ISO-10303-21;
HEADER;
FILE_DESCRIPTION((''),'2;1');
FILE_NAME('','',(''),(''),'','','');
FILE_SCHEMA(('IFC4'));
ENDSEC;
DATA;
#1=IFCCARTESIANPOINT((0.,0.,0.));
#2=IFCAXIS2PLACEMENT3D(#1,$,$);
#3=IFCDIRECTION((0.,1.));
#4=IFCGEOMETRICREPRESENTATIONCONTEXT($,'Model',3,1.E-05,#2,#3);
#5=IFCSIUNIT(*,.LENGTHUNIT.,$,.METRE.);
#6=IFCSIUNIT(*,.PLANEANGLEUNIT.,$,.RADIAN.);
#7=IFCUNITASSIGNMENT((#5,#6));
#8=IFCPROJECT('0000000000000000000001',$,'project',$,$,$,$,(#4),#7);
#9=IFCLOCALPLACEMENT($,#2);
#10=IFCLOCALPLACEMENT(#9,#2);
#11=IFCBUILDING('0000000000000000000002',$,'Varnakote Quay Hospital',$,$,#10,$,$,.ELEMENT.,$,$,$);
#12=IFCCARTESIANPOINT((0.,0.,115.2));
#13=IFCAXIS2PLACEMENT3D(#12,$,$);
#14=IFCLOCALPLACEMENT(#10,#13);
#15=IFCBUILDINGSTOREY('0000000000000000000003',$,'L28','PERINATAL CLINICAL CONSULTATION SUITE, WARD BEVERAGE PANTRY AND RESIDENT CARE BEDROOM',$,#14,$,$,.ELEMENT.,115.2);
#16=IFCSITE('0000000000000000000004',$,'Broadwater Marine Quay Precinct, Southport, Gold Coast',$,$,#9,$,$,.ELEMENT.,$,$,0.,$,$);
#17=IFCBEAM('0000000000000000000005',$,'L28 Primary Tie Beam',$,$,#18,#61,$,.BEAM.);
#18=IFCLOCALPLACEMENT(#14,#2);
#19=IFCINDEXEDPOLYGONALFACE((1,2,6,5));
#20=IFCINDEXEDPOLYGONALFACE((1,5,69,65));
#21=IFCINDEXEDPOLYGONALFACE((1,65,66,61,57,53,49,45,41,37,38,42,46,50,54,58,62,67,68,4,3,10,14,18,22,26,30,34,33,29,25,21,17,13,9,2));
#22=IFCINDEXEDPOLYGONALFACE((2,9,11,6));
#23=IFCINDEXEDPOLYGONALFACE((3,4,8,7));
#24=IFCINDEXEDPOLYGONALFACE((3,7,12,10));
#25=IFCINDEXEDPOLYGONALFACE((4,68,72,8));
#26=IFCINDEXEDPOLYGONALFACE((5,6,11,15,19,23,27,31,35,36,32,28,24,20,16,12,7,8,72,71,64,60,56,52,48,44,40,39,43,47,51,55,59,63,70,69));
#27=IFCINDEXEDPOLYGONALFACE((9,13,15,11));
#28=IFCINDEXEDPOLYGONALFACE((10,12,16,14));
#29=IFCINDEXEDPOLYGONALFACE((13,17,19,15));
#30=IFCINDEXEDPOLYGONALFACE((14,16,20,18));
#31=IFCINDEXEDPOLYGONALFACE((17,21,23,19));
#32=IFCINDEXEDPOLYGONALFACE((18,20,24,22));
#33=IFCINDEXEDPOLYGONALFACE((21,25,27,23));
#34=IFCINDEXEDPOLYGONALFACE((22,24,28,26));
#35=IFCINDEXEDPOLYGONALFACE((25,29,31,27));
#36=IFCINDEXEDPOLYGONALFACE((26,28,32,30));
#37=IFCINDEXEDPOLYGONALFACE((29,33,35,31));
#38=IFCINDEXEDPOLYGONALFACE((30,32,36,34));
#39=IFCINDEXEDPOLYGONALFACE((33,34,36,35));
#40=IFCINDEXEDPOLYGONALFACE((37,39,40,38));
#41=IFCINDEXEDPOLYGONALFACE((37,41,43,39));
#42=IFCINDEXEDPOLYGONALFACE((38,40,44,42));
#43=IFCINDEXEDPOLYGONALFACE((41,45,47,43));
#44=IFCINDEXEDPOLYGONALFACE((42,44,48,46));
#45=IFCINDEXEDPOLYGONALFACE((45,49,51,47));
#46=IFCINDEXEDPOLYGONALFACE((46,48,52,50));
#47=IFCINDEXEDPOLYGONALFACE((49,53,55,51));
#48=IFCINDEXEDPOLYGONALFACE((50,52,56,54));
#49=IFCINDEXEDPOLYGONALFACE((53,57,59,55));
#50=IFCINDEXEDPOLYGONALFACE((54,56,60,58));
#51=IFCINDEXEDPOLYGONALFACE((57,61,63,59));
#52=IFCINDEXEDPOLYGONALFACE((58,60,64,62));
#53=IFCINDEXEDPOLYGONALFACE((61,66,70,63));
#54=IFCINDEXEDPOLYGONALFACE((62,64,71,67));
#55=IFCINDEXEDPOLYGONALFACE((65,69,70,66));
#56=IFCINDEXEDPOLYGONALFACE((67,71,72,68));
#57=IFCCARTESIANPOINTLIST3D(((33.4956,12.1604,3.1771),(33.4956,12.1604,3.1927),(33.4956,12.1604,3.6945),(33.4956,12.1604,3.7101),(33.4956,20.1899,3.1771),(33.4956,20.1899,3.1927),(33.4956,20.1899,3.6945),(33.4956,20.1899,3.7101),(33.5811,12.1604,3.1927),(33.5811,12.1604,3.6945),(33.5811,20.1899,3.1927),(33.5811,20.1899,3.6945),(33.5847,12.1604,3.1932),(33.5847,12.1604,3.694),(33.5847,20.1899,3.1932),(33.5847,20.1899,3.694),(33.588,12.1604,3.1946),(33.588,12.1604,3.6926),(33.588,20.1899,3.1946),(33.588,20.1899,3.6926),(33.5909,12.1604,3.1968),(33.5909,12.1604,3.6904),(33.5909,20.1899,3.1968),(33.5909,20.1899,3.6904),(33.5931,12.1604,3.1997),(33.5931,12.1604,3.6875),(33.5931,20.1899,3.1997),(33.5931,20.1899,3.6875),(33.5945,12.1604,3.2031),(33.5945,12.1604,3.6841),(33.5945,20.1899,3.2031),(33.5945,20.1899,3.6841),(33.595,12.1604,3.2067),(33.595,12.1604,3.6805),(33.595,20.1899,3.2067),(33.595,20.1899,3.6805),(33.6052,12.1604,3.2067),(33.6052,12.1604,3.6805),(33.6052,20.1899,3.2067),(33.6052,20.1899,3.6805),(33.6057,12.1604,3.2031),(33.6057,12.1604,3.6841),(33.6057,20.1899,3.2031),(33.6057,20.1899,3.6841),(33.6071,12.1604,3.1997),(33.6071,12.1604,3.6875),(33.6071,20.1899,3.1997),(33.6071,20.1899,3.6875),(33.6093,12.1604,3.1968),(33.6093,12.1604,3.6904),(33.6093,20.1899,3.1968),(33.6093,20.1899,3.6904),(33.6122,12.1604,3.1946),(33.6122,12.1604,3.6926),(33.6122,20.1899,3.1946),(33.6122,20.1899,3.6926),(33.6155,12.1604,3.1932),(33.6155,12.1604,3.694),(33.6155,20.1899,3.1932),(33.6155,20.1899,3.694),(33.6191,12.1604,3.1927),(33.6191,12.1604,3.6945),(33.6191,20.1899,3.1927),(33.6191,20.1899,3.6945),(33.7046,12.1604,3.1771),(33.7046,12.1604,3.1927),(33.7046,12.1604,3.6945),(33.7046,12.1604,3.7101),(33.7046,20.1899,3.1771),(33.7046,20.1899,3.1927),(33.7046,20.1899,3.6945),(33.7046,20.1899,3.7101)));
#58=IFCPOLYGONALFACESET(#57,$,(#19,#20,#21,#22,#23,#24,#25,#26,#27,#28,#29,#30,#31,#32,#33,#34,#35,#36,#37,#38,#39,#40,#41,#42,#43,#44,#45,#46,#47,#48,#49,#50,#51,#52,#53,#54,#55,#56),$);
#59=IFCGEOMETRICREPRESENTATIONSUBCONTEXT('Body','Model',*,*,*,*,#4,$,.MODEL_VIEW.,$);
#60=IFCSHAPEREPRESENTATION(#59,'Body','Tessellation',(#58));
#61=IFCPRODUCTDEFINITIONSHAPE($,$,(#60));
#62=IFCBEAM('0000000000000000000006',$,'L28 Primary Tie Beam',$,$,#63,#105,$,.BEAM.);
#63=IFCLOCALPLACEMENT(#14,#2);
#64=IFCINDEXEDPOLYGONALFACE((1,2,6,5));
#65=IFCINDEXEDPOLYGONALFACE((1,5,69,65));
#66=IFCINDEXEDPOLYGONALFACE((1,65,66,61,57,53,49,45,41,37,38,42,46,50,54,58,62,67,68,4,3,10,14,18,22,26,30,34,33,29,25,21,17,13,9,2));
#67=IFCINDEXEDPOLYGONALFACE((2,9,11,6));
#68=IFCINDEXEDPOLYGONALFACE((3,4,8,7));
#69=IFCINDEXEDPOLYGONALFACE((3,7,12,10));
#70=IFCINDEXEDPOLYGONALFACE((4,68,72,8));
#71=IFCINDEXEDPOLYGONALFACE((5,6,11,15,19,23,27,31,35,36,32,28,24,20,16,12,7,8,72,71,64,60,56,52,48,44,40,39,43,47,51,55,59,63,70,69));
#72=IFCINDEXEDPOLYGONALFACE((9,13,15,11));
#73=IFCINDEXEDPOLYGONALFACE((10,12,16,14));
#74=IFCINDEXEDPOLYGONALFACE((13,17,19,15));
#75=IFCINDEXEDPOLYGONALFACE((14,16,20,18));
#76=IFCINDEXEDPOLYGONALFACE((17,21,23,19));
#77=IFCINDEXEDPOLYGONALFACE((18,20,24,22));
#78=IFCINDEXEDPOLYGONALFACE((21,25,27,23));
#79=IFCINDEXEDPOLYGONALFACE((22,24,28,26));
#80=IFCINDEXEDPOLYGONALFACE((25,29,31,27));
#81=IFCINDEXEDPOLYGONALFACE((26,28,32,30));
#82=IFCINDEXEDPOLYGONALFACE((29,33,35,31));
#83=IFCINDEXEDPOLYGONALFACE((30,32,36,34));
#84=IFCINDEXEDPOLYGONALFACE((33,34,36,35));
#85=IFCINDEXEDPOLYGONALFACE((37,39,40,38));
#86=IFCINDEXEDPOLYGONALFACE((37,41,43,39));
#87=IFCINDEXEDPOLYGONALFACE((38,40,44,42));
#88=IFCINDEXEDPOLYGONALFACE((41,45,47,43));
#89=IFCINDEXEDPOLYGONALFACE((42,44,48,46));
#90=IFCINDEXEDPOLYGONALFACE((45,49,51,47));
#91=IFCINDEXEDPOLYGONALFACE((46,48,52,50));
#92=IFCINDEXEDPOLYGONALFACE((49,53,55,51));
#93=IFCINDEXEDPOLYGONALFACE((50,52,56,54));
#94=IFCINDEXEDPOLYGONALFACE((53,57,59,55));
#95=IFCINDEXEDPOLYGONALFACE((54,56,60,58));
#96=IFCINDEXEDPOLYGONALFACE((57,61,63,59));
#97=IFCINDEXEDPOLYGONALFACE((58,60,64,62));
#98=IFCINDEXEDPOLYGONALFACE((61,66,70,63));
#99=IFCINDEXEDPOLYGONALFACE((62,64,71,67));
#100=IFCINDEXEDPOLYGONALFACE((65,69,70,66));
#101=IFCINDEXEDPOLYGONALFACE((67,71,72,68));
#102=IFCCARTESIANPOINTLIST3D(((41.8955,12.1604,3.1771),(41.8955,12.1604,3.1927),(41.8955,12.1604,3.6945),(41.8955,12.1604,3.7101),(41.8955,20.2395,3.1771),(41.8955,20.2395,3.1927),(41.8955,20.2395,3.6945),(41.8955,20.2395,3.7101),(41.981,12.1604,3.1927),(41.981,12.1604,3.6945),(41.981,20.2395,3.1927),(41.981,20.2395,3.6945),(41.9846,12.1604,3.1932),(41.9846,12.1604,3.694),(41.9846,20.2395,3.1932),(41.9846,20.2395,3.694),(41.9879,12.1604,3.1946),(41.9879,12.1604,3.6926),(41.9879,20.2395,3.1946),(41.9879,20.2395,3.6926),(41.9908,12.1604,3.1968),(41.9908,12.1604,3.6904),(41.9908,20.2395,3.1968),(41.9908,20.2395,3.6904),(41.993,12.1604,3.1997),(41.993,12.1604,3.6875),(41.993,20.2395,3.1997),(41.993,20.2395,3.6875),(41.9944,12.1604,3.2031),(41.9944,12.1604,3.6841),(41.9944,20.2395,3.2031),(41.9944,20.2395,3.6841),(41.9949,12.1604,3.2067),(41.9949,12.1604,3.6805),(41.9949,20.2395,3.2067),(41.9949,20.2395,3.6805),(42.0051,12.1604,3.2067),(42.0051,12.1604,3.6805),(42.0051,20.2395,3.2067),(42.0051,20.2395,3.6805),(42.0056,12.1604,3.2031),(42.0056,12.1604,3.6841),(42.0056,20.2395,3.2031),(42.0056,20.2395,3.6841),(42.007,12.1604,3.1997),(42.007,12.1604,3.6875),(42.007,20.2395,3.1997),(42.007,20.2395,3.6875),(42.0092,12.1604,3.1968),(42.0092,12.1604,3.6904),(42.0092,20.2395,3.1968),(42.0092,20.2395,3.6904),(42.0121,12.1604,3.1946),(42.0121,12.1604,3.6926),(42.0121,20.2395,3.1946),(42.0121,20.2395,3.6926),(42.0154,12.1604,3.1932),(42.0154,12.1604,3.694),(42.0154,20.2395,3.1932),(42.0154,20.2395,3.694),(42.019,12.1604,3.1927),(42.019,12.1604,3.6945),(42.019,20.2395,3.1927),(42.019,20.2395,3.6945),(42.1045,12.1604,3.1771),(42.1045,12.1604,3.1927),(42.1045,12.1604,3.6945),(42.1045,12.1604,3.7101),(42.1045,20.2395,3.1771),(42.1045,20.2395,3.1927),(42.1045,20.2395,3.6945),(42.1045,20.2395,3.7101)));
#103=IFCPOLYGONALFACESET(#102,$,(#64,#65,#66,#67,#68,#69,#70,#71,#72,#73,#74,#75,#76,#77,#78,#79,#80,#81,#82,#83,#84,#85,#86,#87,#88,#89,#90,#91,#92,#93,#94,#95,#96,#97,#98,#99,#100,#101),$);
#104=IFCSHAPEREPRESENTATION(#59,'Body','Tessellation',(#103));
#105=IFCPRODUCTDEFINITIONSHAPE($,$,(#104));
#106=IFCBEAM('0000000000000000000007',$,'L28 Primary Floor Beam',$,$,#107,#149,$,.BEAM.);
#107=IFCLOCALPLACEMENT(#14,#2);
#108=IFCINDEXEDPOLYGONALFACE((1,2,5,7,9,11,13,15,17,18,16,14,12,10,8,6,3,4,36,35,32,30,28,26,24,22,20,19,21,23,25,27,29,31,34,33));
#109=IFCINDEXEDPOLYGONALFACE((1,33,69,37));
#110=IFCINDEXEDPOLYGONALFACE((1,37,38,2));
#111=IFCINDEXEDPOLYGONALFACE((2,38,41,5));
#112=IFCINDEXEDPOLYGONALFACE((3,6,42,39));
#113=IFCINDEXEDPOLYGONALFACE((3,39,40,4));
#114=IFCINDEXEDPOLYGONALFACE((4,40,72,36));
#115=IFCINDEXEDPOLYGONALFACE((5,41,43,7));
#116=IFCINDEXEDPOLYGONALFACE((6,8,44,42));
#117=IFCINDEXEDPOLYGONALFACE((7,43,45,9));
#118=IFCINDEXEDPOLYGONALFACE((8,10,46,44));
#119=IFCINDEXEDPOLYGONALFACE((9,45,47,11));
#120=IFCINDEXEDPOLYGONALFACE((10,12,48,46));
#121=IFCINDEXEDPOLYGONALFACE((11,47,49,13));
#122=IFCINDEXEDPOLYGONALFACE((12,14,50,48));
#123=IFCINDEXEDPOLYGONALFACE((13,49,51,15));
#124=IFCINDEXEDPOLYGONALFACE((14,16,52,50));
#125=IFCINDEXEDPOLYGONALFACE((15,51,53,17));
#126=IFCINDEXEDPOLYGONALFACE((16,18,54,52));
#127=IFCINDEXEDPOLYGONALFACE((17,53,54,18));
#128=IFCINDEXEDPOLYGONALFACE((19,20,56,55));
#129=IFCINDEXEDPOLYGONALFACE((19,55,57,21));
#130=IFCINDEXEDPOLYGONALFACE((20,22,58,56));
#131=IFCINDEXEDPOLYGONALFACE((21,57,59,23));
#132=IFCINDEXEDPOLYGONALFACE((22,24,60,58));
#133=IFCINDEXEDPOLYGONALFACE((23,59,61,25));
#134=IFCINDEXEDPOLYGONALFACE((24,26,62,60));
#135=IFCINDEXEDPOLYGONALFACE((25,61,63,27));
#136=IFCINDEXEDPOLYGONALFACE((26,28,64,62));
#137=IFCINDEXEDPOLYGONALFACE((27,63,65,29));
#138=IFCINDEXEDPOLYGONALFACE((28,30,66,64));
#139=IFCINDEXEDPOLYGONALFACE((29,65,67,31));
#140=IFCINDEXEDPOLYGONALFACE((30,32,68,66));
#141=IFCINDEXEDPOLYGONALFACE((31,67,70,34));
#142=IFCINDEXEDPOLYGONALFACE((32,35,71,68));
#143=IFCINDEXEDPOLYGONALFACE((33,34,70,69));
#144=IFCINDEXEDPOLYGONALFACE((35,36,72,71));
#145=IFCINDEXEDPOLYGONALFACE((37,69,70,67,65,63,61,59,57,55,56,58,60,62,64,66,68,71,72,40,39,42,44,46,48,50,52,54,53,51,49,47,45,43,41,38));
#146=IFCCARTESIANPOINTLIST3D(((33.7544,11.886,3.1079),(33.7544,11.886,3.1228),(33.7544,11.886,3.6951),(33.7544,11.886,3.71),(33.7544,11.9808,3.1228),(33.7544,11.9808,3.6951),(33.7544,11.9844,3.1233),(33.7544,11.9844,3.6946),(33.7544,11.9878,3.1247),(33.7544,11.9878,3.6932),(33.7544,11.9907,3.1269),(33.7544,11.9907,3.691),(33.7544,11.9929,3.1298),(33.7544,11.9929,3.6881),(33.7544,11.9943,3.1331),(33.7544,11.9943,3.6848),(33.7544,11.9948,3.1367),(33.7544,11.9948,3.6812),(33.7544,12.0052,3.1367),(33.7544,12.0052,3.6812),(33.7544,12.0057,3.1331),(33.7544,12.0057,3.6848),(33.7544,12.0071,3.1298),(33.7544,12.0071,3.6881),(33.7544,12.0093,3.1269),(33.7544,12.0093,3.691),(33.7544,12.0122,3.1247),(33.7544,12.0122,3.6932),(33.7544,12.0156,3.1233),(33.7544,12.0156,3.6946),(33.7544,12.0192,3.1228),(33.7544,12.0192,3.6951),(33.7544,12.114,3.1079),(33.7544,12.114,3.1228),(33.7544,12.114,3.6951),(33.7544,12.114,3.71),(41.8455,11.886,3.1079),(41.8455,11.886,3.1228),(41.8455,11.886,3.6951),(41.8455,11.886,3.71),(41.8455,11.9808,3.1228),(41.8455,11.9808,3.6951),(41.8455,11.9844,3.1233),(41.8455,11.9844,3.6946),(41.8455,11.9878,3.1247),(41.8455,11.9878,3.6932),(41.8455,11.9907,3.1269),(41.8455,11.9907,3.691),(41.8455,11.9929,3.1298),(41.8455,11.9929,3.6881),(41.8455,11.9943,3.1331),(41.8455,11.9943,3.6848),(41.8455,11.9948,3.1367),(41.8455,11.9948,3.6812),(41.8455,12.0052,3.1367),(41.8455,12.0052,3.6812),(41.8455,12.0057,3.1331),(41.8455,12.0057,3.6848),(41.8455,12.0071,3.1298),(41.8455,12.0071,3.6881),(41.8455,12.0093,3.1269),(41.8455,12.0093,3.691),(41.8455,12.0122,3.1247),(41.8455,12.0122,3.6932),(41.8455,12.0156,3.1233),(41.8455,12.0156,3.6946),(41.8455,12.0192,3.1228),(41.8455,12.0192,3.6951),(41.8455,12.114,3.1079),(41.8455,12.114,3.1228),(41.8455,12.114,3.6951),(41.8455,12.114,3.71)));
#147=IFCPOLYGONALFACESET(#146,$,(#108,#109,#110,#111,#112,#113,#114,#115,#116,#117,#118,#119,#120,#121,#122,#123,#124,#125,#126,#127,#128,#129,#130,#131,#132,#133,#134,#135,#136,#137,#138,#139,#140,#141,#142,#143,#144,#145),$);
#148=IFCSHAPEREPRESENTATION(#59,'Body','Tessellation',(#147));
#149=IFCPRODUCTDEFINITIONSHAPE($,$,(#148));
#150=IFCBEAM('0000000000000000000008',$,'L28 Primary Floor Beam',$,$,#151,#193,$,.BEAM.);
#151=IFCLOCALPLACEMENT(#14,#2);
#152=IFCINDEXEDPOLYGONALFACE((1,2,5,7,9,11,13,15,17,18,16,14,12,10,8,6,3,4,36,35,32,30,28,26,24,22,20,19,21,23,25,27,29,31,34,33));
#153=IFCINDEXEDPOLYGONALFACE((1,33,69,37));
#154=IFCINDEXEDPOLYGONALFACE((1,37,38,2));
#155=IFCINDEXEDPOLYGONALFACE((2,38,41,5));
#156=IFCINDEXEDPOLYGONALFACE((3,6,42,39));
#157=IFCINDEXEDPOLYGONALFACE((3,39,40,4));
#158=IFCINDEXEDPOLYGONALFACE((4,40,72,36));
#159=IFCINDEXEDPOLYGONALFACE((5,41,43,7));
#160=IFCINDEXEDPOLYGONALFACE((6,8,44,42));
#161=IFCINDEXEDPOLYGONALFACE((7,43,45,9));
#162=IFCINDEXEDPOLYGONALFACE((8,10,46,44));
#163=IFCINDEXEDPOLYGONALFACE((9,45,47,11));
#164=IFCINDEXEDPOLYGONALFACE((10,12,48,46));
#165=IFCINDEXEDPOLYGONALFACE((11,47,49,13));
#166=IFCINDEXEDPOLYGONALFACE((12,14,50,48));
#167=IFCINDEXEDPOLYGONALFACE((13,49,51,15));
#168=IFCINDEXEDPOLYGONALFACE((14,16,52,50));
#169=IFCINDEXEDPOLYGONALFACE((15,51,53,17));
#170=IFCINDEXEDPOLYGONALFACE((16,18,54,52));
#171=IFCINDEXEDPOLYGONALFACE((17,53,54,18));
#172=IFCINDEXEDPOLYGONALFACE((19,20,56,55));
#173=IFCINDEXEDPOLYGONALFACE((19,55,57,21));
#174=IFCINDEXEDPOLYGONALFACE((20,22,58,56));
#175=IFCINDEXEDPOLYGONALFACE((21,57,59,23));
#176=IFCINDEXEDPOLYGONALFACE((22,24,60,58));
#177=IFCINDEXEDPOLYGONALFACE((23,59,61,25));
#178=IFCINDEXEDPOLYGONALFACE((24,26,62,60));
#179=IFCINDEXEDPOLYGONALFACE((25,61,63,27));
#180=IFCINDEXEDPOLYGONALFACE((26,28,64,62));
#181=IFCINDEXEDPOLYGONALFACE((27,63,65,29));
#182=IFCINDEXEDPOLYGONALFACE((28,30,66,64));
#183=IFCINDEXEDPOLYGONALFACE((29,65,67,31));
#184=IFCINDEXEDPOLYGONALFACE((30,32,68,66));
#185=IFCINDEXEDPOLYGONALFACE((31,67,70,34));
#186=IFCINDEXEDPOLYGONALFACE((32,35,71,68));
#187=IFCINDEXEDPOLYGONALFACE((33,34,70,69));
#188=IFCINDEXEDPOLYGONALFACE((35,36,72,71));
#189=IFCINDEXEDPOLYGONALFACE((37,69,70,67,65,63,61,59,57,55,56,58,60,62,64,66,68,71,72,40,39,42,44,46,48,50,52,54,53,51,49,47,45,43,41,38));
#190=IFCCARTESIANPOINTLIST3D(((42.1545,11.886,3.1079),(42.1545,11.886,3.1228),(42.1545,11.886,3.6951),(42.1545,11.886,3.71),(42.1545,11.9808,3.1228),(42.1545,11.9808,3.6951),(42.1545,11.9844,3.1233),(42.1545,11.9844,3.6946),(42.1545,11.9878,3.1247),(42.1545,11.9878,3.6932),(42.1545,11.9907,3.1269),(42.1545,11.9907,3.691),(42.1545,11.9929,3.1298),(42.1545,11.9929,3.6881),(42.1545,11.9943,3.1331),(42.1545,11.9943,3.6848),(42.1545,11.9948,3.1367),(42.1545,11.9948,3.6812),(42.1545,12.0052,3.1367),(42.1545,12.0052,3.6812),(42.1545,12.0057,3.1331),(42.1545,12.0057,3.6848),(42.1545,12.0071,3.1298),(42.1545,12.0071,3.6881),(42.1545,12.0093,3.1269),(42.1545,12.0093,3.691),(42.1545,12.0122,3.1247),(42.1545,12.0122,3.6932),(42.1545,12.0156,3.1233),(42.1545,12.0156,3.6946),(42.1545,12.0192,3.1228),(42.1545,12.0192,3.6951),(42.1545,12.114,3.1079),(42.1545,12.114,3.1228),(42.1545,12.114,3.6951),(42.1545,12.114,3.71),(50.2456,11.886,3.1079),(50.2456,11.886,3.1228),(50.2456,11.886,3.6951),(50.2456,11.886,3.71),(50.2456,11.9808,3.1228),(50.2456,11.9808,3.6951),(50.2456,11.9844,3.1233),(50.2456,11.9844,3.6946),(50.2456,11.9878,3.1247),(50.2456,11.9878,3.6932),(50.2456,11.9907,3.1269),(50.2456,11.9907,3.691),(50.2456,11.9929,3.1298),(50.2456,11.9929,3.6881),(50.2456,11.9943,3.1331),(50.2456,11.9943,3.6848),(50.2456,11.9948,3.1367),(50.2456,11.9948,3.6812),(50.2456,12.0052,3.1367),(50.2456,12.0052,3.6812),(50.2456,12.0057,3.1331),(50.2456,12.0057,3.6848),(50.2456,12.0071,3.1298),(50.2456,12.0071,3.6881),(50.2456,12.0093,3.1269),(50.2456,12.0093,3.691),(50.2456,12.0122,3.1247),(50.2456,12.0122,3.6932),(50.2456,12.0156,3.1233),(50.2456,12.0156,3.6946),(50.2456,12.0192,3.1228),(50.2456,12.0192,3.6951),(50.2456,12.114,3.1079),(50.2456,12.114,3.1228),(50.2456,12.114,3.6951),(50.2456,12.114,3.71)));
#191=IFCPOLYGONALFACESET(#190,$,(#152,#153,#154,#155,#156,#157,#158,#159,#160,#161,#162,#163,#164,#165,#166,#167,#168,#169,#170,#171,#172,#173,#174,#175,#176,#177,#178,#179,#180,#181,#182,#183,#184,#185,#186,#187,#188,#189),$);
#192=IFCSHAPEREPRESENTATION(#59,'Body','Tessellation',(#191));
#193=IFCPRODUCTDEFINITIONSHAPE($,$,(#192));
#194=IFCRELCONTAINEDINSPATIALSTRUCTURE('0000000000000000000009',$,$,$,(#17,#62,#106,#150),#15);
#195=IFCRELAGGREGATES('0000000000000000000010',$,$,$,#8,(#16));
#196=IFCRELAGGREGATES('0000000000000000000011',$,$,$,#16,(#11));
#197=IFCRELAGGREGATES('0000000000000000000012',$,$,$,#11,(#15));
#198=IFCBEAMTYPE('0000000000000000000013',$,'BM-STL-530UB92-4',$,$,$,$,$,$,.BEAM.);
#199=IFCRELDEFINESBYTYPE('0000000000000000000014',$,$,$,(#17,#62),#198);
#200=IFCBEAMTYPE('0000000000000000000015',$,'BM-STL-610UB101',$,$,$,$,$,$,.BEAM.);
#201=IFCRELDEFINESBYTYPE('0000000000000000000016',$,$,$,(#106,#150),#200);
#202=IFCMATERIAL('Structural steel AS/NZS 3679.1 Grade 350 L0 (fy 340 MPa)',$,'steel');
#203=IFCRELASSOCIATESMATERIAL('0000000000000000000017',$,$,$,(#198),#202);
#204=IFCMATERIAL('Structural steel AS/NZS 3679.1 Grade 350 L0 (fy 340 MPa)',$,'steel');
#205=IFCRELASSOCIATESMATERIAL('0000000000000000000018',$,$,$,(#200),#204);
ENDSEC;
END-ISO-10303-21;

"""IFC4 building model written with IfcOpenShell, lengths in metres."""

from ifc_helpers import new_model, si_unit, direction, frame, origin, origin_2d, place, context, subcontext, project, spatial, i_section, extrude, material, material_profile, profile_set, type_object, element, save


model = new_model("IFC4")

# Units and contexts
model_context = context("Model", 3, precision=1e-05, world=origin(), true_north=direction((0.0, 1.0)))
body_context = subcontext(model_context, "Body", "Model", "MODEL_VIEW")
ifc_project = project(units=[si_unit("LENGTHUNIT", "METRE"), si_unit("PLANEANGLEUNIT", "RADIAN")], contexts=[model_context])

# Site, building, storey
site_placement = place(None, origin())
site = spatial("IfcSite", under=ifc_project, at=site_placement, Name="Broadwater Marine Quay Precinct, Southport, Gold Coast", CompositionType="ELEMENT", RefElevation=0.0)
building_placement = place(site_placement, origin())
building = spatial("IfcBuilding", under=site, at=building_placement, Name="Varnakote Quay Hospital", CompositionType="ELEMENT")
storey_placement = place(building_placement, frame((0.0, 0.0, 115.2)))
storey = spatial("IfcBuildingStorey", under=building, at=storey_placement, Name="L28", Description="PERINATAL CLINICAL CONSULTATION SUITE, WARD BEVERAGE PANTRY AND RESIDENT CARE BEDROOM", CompositionType="ELEMENT", Elevation=115.2)

# Beams
ifc_material_1 = material(Name="Structural steel AS/NZS 3679.1 Grade 350 L0 (fy 340 MPa)", Category="steel")
ifc_material_profile_1 = material_profile(ifc_material_1, i_section(OverallWidth=0.209, OverallDepth=0.533, WebThickness=0.0103, FlangeThickness=0.0156, FilletRadius=0.0139, at=origin_2d()), Name="530UB92.4")
ifc_profile_set_1 = profile_set([ifc_material_profile_1], Name="Structural steel AS/NZS 3679.1 Grade 350 L0 (fy 340 MPa)")
beam_type_1 = type_object("IfcBeamType", Name="BM-STL-530UB92-4", PredefinedType="BEAM", material=ifc_profile_set_1)
beam_1_placement = place(storey_placement, frame((33.6001, 12.1604, 3.4436), z_axis=(0.0, 1.0, 0.0), x_axis=(-1.0, 0.0, 0.0)))
element("IfcBeam", 1, at=beam_1_placement, inside=storey, type_object=beam_type_1, Name="L28 Primary Tie Beam", PredefinedType="BEAM", context=body_context, shape_type="SweptSolid", body=[
    extrude(i_section(OverallWidth=0.209, OverallDepth=0.533, WebThickness=0.0103, FlangeThickness=0.0156, FilletRadius=0.0139, at=origin_2d()), origin(), (0.0, 0.0, 1.0), 8.0295),
])
beam_2_placement = place(storey_placement, frame((42.0, 12.1604, 3.4436), z_axis=(0.0, 1.0, 0.0), x_axis=(-1.0, 0.0, 0.0)))
element("IfcBeam", 2, at=beam_2_placement, inside=storey, type_object=beam_type_1, Name="L28 Primary Tie Beam", PredefinedType="BEAM", context=body_context, shape_type="SweptSolid", body=[
    extrude(i_section(OverallWidth=0.209, OverallDepth=0.533, WebThickness=0.0103, FlangeThickness=0.0156, FilletRadius=0.0139, at=origin_2d()), origin(), (0.0, 0.0, 1.0), 8.0791),
])
ifc_material_2 = material(Name="Structural steel AS/NZS 3679.1 Grade 350 L0 (fy 340 MPa)", Category="steel")
ifc_material_profile_2 = material_profile(ifc_material_2, i_section(OverallWidth=0.228, OverallDepth=0.6021, WebThickness=0.0105, FlangeThickness=0.0149, FilletRadius=0.0139, at=origin_2d()), Name="610UB101")
ifc_profile_set_2 = profile_set([ifc_material_profile_2], Name="Structural steel AS/NZS 3679.1 Grade 350 L0 (fy 340 MPa)")
beam_type_2 = type_object("IfcBeamType", Name="BM-STL-610UB101", PredefinedType="BEAM", material=ifc_profile_set_2)
for number, where, z_axis, x_axis, name in (
    (3, (33.7544, 12.0, 3.4089), (1.0, 0.0, 0.0), (0.0, 1.0, 0.0), "L28 Primary Floor Beam"),
    (4, (42.1545, 12.0, 3.4089), (1.0, 0.0, 0.0), (0.0, 1.0, 0.0), "L28 Primary Floor Beam"),
):
    element("IfcBeam", number, at=place(storey_placement, frame(where, z_axis=z_axis, x_axis=x_axis)), inside=storey, type_object=beam_type_2, Name=name, PredefinedType="BEAM", context=body_context, shape_type="SweptSolid", body=[
        extrude(i_section(OverallWidth=0.228, OverallDepth=0.6021, WebThickness=0.0105, FlangeThickness=0.0149, FilletRadius=0.0139, at=origin_2d()), origin(), (0.0, 0.0, 1.0), 8.0911),
    ])

save(model, "model.ifc")
